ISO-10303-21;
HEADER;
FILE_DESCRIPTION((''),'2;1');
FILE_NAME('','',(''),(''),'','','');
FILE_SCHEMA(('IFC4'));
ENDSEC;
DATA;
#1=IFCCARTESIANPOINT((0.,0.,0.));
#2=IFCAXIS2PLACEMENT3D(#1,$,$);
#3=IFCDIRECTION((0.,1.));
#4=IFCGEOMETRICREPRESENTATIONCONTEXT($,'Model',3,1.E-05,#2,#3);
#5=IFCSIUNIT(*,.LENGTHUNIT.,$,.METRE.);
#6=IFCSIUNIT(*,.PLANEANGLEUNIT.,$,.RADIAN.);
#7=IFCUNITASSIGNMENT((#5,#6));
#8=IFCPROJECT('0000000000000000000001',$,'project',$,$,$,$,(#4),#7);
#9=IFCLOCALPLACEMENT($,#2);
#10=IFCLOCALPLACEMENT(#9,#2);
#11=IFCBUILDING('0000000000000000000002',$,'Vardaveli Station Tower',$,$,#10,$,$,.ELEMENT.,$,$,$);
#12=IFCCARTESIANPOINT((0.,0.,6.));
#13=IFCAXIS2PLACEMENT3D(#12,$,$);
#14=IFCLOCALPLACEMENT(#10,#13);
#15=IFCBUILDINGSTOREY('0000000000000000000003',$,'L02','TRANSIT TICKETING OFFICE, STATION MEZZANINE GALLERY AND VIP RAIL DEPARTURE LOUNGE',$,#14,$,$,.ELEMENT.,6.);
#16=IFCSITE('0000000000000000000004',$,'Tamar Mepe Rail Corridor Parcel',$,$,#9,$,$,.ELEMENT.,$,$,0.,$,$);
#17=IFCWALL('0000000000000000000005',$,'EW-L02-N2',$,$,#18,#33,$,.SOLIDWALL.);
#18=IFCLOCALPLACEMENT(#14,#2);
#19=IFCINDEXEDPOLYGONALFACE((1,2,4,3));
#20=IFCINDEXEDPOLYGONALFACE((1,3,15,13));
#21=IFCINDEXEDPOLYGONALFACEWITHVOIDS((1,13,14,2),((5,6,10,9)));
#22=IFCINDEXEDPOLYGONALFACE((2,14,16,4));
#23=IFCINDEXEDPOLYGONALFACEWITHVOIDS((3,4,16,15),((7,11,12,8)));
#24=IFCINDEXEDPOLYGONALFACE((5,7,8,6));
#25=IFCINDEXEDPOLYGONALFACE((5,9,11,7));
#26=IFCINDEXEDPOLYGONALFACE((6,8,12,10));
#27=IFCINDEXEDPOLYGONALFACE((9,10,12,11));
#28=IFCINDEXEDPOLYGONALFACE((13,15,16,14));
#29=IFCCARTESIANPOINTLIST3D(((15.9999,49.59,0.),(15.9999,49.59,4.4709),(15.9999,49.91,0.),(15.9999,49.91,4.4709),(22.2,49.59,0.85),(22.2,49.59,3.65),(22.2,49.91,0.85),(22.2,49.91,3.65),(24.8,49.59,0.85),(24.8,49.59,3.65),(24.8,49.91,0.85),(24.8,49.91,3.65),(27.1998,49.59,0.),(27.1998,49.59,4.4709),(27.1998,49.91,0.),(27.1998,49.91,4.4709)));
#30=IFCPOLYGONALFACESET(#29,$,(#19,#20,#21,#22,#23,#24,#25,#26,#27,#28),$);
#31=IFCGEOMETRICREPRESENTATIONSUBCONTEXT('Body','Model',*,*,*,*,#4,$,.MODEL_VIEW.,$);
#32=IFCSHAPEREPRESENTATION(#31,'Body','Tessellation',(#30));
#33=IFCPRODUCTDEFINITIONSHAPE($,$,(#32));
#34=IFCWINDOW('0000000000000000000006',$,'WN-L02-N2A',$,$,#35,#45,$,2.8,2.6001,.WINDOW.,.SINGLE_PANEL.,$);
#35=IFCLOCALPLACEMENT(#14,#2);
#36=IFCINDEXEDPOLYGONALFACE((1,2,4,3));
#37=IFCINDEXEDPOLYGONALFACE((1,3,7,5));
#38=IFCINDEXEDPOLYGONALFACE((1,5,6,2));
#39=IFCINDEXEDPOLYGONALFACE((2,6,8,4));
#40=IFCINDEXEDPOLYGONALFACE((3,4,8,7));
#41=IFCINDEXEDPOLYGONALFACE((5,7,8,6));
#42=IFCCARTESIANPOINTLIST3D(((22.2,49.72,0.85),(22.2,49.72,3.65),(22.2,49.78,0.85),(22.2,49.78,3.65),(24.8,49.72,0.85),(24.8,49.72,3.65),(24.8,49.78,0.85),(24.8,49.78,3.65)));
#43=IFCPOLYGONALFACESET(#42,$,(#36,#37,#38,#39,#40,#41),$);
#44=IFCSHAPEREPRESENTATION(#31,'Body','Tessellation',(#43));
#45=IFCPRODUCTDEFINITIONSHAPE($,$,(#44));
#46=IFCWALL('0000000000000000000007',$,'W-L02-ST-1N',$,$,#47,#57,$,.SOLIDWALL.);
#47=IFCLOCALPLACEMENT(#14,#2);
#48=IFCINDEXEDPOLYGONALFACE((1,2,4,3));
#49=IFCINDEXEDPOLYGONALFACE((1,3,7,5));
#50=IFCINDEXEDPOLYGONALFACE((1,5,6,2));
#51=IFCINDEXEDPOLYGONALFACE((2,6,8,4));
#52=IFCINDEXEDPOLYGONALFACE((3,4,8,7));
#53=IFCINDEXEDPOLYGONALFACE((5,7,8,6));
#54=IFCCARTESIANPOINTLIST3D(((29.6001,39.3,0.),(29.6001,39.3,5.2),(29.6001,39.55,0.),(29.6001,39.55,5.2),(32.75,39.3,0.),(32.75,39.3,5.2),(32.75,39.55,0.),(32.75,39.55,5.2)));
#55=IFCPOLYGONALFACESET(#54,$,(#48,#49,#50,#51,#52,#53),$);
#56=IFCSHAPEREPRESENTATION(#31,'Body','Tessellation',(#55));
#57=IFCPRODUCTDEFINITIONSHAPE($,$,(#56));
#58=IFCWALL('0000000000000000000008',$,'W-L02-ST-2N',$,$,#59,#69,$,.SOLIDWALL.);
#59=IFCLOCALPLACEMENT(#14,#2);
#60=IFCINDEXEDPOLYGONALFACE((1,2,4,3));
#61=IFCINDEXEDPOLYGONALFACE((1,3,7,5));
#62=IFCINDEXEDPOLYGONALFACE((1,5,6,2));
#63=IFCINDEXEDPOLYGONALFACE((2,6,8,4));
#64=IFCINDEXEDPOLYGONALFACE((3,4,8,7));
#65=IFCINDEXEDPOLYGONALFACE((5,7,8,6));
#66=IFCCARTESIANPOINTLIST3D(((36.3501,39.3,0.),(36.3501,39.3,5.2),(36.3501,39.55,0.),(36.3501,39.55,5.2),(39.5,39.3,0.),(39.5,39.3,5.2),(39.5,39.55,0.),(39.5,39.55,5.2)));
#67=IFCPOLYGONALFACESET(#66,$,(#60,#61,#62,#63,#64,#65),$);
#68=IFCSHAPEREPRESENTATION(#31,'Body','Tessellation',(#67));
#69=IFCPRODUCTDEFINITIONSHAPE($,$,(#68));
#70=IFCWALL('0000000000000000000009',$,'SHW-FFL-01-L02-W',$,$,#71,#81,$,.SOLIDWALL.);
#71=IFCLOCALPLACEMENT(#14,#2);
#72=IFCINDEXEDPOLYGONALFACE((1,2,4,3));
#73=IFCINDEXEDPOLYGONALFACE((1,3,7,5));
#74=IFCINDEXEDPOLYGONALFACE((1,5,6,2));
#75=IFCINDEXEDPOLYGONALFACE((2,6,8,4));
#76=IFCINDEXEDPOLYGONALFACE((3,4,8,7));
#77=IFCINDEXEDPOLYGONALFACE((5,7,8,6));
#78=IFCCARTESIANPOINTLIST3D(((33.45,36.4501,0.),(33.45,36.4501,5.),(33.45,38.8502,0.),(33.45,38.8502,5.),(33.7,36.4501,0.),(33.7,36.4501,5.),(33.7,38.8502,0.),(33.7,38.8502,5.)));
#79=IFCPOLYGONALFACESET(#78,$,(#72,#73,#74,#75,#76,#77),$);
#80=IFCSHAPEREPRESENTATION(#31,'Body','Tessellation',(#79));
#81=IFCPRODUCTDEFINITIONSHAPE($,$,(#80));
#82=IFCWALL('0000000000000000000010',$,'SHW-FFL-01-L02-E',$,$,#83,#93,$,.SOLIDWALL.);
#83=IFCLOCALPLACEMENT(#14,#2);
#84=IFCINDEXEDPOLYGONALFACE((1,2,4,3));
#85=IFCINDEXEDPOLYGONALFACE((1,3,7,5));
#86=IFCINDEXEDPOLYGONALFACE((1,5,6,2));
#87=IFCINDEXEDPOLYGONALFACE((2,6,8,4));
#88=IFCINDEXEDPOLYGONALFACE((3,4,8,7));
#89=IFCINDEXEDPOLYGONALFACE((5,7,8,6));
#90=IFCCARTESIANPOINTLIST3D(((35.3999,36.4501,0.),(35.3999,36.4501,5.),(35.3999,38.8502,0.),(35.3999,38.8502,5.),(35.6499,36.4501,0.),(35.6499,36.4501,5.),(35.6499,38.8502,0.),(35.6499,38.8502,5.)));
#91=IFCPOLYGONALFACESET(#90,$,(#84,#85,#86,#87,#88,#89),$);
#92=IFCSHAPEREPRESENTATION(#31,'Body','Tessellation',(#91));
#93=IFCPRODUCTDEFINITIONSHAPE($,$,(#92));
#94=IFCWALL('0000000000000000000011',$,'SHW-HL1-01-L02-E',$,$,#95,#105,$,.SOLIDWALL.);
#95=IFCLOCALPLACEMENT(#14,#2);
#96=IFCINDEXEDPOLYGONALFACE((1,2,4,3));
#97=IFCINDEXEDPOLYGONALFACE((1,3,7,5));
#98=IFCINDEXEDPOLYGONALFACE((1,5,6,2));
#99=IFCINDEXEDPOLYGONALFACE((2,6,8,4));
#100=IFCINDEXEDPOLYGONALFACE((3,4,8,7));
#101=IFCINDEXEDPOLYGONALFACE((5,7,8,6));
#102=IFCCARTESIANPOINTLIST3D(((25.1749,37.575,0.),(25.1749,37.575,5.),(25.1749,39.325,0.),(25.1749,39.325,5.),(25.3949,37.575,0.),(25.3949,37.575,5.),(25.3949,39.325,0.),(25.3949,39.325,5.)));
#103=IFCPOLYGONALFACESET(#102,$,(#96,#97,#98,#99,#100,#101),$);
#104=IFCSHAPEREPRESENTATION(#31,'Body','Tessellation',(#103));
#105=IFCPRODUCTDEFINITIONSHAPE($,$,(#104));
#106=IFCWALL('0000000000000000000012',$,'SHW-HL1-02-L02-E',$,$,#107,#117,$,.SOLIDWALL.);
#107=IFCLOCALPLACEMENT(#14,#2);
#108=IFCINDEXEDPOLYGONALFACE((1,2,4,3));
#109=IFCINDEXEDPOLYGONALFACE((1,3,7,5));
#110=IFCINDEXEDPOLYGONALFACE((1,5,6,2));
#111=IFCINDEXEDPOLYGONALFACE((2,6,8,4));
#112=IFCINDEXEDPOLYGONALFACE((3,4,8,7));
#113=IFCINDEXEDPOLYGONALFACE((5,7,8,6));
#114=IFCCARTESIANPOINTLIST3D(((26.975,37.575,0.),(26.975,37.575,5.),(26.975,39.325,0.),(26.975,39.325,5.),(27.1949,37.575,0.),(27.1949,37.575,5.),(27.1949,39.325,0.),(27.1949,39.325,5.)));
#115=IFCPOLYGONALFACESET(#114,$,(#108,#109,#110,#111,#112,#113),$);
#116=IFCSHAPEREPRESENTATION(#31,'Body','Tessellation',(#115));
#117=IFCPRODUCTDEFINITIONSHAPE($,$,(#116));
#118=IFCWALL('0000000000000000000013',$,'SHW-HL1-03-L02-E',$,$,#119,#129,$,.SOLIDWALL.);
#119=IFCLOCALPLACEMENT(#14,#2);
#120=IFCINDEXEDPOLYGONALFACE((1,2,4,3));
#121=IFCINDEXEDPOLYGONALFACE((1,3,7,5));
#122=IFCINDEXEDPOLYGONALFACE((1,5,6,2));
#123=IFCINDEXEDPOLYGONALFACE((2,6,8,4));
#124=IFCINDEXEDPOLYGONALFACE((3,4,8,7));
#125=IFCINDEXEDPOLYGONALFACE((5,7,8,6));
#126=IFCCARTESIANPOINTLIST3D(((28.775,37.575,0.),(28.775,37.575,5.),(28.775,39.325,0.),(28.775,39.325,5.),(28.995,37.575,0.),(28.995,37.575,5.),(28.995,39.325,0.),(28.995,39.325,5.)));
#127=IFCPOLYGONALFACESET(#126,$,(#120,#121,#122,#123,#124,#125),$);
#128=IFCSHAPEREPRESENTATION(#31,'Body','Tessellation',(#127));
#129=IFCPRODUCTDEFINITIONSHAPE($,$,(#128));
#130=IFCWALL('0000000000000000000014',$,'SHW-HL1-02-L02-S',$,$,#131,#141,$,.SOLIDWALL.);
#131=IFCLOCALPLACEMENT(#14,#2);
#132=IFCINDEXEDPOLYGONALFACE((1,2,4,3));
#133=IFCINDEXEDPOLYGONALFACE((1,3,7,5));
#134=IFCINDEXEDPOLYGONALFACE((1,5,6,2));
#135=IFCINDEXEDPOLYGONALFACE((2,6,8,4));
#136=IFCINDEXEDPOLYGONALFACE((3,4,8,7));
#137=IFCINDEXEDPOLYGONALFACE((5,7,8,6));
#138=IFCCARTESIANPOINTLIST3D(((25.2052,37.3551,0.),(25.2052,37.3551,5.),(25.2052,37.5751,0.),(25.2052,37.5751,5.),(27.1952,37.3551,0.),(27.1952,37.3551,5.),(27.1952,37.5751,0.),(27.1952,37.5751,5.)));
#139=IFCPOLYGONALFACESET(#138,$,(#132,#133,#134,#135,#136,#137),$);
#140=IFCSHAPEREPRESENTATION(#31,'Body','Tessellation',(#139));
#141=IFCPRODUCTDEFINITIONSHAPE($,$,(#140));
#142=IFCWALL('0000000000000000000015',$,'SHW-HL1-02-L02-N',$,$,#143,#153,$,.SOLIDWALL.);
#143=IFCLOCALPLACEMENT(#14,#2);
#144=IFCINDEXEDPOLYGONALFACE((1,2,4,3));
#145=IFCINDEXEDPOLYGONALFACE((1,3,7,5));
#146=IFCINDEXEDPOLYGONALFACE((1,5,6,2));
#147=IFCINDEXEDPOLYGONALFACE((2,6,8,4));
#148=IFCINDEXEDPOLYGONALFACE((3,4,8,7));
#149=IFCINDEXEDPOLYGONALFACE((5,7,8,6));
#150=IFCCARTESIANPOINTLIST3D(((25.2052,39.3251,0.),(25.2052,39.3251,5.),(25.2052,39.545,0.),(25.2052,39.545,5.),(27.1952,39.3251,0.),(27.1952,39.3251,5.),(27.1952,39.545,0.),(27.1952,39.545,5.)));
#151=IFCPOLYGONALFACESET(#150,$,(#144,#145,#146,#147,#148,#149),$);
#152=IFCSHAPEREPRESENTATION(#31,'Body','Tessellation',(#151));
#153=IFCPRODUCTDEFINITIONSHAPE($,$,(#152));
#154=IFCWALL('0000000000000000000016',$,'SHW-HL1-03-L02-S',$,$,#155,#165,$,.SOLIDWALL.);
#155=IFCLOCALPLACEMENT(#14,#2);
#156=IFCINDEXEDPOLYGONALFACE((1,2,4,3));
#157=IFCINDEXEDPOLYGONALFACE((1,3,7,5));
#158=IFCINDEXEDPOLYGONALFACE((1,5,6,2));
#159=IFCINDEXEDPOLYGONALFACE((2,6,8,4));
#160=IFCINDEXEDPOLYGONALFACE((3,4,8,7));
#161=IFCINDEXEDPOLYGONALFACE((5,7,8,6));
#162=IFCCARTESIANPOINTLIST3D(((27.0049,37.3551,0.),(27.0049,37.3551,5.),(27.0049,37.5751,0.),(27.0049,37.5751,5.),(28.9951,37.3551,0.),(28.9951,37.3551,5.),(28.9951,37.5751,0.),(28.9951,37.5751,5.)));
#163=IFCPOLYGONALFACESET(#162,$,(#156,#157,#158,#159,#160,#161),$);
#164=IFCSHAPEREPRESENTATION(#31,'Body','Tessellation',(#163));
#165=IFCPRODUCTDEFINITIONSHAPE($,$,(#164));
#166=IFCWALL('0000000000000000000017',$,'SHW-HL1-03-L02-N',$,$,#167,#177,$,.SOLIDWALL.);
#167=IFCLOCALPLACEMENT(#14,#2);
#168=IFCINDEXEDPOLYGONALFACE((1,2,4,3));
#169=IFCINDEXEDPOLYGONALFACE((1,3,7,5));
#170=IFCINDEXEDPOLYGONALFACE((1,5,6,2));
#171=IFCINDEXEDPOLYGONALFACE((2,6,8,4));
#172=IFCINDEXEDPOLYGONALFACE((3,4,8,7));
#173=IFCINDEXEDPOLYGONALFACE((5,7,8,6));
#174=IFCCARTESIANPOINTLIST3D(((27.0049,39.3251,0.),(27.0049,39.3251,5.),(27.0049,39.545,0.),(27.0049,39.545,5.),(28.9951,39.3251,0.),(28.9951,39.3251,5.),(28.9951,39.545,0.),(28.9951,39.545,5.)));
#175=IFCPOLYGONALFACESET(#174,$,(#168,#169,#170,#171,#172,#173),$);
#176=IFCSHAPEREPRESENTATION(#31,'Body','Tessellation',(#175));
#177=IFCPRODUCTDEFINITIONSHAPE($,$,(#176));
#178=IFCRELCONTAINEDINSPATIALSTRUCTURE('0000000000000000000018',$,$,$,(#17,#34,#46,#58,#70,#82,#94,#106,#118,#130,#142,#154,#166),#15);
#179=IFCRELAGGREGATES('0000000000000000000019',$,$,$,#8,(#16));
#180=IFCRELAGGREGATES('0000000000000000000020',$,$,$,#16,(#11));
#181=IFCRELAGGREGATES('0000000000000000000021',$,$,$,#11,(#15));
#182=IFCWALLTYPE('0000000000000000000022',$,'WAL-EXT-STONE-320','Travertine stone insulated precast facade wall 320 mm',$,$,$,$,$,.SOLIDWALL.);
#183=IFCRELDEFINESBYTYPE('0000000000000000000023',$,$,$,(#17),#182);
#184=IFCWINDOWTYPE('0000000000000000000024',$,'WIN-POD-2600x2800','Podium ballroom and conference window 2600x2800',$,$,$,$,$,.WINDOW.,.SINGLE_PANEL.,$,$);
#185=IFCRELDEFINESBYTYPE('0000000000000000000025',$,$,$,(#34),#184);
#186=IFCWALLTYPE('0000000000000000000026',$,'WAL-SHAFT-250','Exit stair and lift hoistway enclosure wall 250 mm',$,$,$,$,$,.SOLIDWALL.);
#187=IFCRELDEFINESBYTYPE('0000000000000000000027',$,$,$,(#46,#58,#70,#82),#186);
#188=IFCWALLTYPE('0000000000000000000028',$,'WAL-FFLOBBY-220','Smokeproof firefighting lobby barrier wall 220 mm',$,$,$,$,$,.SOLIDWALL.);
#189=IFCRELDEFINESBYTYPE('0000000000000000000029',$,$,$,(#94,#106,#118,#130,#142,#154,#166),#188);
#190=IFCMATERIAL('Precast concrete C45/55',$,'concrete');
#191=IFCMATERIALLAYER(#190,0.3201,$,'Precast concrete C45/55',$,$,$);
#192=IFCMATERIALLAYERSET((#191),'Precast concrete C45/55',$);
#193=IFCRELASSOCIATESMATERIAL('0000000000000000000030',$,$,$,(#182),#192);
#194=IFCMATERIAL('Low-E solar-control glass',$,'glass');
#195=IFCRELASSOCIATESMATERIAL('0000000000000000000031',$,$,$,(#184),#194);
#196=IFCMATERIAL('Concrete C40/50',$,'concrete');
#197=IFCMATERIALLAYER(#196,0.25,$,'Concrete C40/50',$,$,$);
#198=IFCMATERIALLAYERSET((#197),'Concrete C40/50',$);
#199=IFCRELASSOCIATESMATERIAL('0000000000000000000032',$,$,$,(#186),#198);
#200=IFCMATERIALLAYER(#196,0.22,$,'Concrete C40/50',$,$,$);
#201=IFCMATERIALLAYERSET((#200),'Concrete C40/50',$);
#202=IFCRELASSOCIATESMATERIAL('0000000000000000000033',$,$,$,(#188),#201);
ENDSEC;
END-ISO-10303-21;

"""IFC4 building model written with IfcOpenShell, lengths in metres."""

from ifc_helpers import new_model, si_unit, direction, frame, frame_2d, origin, place, context, subcontext, project, spatial, rectangle, extrude, source, transform, mapped, material, layer, layer_set, type_object, element, fill, save


model = new_model("IFC4")

# Units and contexts
model_context = context("Model", 3, precision=1e-05, world=origin(), true_north=direction((0.0, 1.0)))
body_context = subcontext(model_context, "Body", "Model", "MODEL_VIEW")
ifc_project = project(units=[si_unit("LENGTHUNIT", "METRE"), si_unit("PLANEANGLEUNIT", "RADIAN")], contexts=[model_context])

# Site, building, storey
site_placement = place(None, origin())
site = spatial("IfcSite", under=ifc_project, at=site_placement, Name="Tamar Mepe Rail Corridor Parcel", CompositionType="ELEMENT", RefElevation=0.0)
building_placement = place(site_placement, origin())
building = spatial("IfcBuilding", under=site, at=building_placement, Name="Vardaveli Station Tower", CompositionType="ELEMENT")
storey_placement = place(building_placement, frame((0.0, 0.0, 6.0)))
storey = spatial("IfcBuildingStorey", under=building, at=storey_placement, Name="L02", Description="TRANSIT TICKETING OFFICE, STATION MEZZANINE GALLERY AND VIP RAIL DEPARTURE LOUNGE", CompositionType="ELEMENT", Elevation=6.0)

# Wall, opening, window
ifc_material_1 = material(Name="Precast concrete C45/55", Category="concrete")
ifc_layer_1 = layer(ifc_material_1, 0.3201, Name="Precast concrete C45/55")
ifc_layer_set_1 = layer_set([ifc_layer_1], Name="Precast concrete C45/55")
wall_type_1 = type_object("IfcWallType", Name="WAL-EXT-STONE-320", Description="Travertine stone insulated precast facade wall 320 mm", PredefinedType="SOLIDWALL", material=ifc_layer_set_1)
shared_shape_1 = source(origin(), body_context, "Body", "SweptSolid", [
    extrude(rectangle(XDim=11.2, YDim=0.3201, at=frame_2d((5.6001, 0.0))), origin(), (0.0, 0.0, 1.0), 4.4709),
])
wall_1_placement = place(storey_placement, frame((27.2, 49.75, 0.0), z_axis=(0.0, 0.0, 1.0), x_axis=(-1.0, 0.0, 0.0)))
wall_1 = element("IfcWall", 1, at=wall_1_placement, inside=storey, type_object=wall_type_1, Name="EW-L02-N2", PredefinedType="SOLIDWALL", context=body_context, shape_type="MappedRepresentation", body=[
    mapped(shared_shape_1, transform((0.0, 0.0, 0.0), scale=1.0)),
])
shared_shape_2 = source(origin(), body_context, "Body", "SweptSolid", [
    extrude(rectangle(XDim=2.6001, YDim=2.8, at=frame_2d((1.3, 1.3999))), frame((0.0, 0.1699, 0.0), z_axis=(0.0, -1.0, 0.0), x_axis=(1.0, 0.0, 0.0)), (0.0, 0.0, 1.0), 0.3401),
])
opening_1_placement = place(wall_1_placement, frame((2.3999, 0.0, 0.8501)))
opening_1 = element("IfcOpeningElement", 2, at=opening_1_placement, cuts=wall_1, PredefinedType="OPENING", context=body_context, shape_type="MappedRepresentation", body=[
    mapped(shared_shape_2, transform((0.0, 0.0, 0.0), scale=1.0)),
])
ifc_material_2 = material(Name="Low-E solar-control glass", Category="glass")
window_type = type_object("IfcWindowType", Name="WIN-POD-2600x2800", Description="Podium ballroom and conference window 2600x2800", PartitioningType="SINGLE_PANEL", PredefinedType="WINDOW", material=ifc_material_2)
shared_shape_3 = source(origin(), body_context, "Body", "SweptSolid", [
    extrude(rectangle(XDim=2.6001, YDim=2.8, at=frame_2d((1.3, 1.3999))), frame((0.0, 0.03, 0.0), z_axis=(0.0, -1.0, 0.0), x_axis=(1.0, 0.0, 0.0)), (0.0, 0.0, 1.0), 0.0601),
])
window_placement = place(opening_1_placement, origin())
window = element("IfcWindow", 3, at=window_placement, inside=storey, type_object=window_type, Name="WN-L02-N2A", OverallHeight=2.8, OverallWidth=2.6001, PartitioningType="SINGLE_PANEL", PredefinedType="WINDOW", context=body_context, shape_type="MappedRepresentation", body=[
    mapped(shared_shape_3, transform((0.0, 0.0, 0.0), scale=1.0)),
])
fill(opening_1, window)

# Walls
ifc_material_3 = material(Name="Concrete C40/50", Category="concrete")
ifc_layer_2 = layer(ifc_material_3, 0.25, Name="Concrete C40/50")
ifc_layer_set_2 = layer_set([ifc_layer_2], Name="Concrete C40/50")
wall_type_2 = type_object("IfcWallType", Name="WAL-SHAFT-250", Description="Exit stair and lift hoistway enclosure wall 250 mm", PredefinedType="SOLIDWALL", material=ifc_layer_set_2)
shared_shape_4 = source(origin(), body_context, "Body", "SweptSolid", [
    extrude(rectangle(XDim=3.1499, YDim=0.25, at=frame_2d((1.575, 0.0))), origin(), (0.0, 0.0, 1.0), 5.2),
])
for number, where, z_axis, x_axis, name in (
    (4, (29.6001, 39.425, 0.0), (0.0, 0.0, 1.0), (1.0, 0.0, 0.0), "W-L02-ST-1N"),
    (5, (36.3501, 39.425, 0.0), (0.0, 0.0, 1.0), (1.0, 0.0, 0.0), "W-L02-ST-2N"),
):
    element("IfcWall", number, at=place(storey_placement, frame(where, z_axis=z_axis, x_axis=x_axis)), inside=storey, type_object=wall_type_2, Name=name, PredefinedType="SOLIDWALL", context=body_context, shape_type="MappedRepresentation", body=[
        mapped(shared_shape_4, transform((0.0, 0.0, 0.0), scale=1.0)),
    ])
shared_shape_5 = source(origin(), body_context, "Body", "SweptSolid", [
    extrude(rectangle(XDim=2.4001, YDim=0.25, at=frame_2d((1.2002, 0.0))), origin(), (0.0, 0.0, 1.0), 5.0),
])
for number, where, z_axis, x_axis, name in (
    (6, (33.575, 36.45, 0.0), (0.0, 0.0, 1.0), (0.0, 1.0, 0.0), "SHW-FFL-01-L02-W"),
    (7, (35.5249, 36.45, 0.0), (0.0, 0.0, 1.0), (0.0, 1.0, 0.0), "SHW-FFL-01-L02-E"),
):
    element("IfcWall", number, at=place(storey_placement, frame(where, z_axis=z_axis, x_axis=x_axis)), inside=storey, type_object=wall_type_2, Name=name, PredefinedType="SOLIDWALL", context=body_context, shape_type="MappedRepresentation", body=[
        mapped(shared_shape_5, transform((0.0, 0.0, 0.0), scale=1.0)),
    ])
ifc_layer_3 = layer(ifc_material_3, 0.22, Name="Concrete C40/50")
ifc_layer_set_3 = layer_set([ifc_layer_3], Name="Concrete C40/50")
wall_type_3 = type_object("IfcWallType", Name="WAL-FFLOBBY-220", Description="Smokeproof firefighting lobby barrier wall 220 mm", PredefinedType="SOLIDWALL", material=ifc_layer_set_3)
shared_shape_6 = source(origin(), body_context, "Body", "SweptSolid", [
    extrude(rectangle(XDim=1.75, YDim=0.22, at=frame_2d((0.875, 0.0))), origin(), (0.0, 0.0, 1.0), 5.0),
])
for number, where, z_axis, x_axis, name in (
    (8, (25.2849, 37.575, 0.0), (0.0, 0.0, 1.0), (0.0, 1.0, 0.0), "SHW-HL1-01-L02-E"),
    (9, (27.085, 37.575, 0.0), (0.0, 0.0, 1.0), (0.0, 1.0, 0.0), "SHW-HL1-02-L02-E"),
    (10, (28.885, 37.575, 0.0), (0.0, 0.0, 1.0), (0.0, 1.0, 0.0), "SHW-HL1-03-L02-E"),
):
    element("IfcWall", number, at=place(storey_placement, frame(where, z_axis=z_axis, x_axis=x_axis)), inside=storey, type_object=wall_type_3, Name=name, PredefinedType="SOLIDWALL", context=body_context, shape_type="MappedRepresentation", body=[
        mapped(shared_shape_6, transform((0.0, 0.0, 0.0), scale=1.0)),
    ])
shared_shape_7 = source(origin(), body_context, "Body", "SweptSolid", [
    extrude(rectangle(XDim=1.99, YDim=0.22, at=frame_2d((0.9951, 0.0))), origin(), (0.0, 0.0, 1.0), 5.0),
])
for number, where, z_axis, x_axis, name in (
    (11, (25.2051, 37.4651, 0.0), (0.0, 0.0, 1.0), (1.0, 0.0, 0.0), "SHW-HL1-02-L02-S"),
    (12, (25.2051, 39.4351, 0.0), (0.0, 0.0, 1.0), (1.0, 0.0, 0.0), "SHW-HL1-02-L02-N"),
):
    element("IfcWall", number, at=place(storey_placement, frame(where, z_axis=z_axis, x_axis=x_axis)), inside=storey, type_object=wall_type_3, Name=name, PredefinedType="SOLIDWALL", context=body_context, shape_type="MappedRepresentation", body=[
        mapped(shared_shape_7, transform((0.0, 0.0, 0.0), scale=1.0)),
    ])
shared_shape_8 = source(origin(), body_context, "Body", "SweptSolid", [
    extrude(rectangle(XDim=1.9902, YDim=0.22, at=frame_2d((0.9951, 0.0))), origin(), (0.0, 0.0, 1.0), 5.0),
])
for number, where, z_axis, x_axis, name in (
    (13, (27.0049, 37.4651, 0.0), (0.0, 0.0, 1.0), (1.0, 0.0, 0.0), "SHW-HL1-03-L02-S"),
    (14, (27.0049, 39.4351, 0.0), (0.0, 0.0, 1.0), (1.0, 0.0, 0.0), "SHW-HL1-03-L02-N"),
):
    element("IfcWall", number, at=place(storey_placement, frame(where, z_axis=z_axis, x_axis=x_axis)), inside=storey, type_object=wall_type_3, Name=name, PredefinedType="SOLIDWALL", context=body_context, shape_type="MappedRepresentation", body=[
        mapped(shared_shape_8, transform((0.0, 0.0, 0.0), scale=1.0)),
    ])

save(model, "model.ifc")
